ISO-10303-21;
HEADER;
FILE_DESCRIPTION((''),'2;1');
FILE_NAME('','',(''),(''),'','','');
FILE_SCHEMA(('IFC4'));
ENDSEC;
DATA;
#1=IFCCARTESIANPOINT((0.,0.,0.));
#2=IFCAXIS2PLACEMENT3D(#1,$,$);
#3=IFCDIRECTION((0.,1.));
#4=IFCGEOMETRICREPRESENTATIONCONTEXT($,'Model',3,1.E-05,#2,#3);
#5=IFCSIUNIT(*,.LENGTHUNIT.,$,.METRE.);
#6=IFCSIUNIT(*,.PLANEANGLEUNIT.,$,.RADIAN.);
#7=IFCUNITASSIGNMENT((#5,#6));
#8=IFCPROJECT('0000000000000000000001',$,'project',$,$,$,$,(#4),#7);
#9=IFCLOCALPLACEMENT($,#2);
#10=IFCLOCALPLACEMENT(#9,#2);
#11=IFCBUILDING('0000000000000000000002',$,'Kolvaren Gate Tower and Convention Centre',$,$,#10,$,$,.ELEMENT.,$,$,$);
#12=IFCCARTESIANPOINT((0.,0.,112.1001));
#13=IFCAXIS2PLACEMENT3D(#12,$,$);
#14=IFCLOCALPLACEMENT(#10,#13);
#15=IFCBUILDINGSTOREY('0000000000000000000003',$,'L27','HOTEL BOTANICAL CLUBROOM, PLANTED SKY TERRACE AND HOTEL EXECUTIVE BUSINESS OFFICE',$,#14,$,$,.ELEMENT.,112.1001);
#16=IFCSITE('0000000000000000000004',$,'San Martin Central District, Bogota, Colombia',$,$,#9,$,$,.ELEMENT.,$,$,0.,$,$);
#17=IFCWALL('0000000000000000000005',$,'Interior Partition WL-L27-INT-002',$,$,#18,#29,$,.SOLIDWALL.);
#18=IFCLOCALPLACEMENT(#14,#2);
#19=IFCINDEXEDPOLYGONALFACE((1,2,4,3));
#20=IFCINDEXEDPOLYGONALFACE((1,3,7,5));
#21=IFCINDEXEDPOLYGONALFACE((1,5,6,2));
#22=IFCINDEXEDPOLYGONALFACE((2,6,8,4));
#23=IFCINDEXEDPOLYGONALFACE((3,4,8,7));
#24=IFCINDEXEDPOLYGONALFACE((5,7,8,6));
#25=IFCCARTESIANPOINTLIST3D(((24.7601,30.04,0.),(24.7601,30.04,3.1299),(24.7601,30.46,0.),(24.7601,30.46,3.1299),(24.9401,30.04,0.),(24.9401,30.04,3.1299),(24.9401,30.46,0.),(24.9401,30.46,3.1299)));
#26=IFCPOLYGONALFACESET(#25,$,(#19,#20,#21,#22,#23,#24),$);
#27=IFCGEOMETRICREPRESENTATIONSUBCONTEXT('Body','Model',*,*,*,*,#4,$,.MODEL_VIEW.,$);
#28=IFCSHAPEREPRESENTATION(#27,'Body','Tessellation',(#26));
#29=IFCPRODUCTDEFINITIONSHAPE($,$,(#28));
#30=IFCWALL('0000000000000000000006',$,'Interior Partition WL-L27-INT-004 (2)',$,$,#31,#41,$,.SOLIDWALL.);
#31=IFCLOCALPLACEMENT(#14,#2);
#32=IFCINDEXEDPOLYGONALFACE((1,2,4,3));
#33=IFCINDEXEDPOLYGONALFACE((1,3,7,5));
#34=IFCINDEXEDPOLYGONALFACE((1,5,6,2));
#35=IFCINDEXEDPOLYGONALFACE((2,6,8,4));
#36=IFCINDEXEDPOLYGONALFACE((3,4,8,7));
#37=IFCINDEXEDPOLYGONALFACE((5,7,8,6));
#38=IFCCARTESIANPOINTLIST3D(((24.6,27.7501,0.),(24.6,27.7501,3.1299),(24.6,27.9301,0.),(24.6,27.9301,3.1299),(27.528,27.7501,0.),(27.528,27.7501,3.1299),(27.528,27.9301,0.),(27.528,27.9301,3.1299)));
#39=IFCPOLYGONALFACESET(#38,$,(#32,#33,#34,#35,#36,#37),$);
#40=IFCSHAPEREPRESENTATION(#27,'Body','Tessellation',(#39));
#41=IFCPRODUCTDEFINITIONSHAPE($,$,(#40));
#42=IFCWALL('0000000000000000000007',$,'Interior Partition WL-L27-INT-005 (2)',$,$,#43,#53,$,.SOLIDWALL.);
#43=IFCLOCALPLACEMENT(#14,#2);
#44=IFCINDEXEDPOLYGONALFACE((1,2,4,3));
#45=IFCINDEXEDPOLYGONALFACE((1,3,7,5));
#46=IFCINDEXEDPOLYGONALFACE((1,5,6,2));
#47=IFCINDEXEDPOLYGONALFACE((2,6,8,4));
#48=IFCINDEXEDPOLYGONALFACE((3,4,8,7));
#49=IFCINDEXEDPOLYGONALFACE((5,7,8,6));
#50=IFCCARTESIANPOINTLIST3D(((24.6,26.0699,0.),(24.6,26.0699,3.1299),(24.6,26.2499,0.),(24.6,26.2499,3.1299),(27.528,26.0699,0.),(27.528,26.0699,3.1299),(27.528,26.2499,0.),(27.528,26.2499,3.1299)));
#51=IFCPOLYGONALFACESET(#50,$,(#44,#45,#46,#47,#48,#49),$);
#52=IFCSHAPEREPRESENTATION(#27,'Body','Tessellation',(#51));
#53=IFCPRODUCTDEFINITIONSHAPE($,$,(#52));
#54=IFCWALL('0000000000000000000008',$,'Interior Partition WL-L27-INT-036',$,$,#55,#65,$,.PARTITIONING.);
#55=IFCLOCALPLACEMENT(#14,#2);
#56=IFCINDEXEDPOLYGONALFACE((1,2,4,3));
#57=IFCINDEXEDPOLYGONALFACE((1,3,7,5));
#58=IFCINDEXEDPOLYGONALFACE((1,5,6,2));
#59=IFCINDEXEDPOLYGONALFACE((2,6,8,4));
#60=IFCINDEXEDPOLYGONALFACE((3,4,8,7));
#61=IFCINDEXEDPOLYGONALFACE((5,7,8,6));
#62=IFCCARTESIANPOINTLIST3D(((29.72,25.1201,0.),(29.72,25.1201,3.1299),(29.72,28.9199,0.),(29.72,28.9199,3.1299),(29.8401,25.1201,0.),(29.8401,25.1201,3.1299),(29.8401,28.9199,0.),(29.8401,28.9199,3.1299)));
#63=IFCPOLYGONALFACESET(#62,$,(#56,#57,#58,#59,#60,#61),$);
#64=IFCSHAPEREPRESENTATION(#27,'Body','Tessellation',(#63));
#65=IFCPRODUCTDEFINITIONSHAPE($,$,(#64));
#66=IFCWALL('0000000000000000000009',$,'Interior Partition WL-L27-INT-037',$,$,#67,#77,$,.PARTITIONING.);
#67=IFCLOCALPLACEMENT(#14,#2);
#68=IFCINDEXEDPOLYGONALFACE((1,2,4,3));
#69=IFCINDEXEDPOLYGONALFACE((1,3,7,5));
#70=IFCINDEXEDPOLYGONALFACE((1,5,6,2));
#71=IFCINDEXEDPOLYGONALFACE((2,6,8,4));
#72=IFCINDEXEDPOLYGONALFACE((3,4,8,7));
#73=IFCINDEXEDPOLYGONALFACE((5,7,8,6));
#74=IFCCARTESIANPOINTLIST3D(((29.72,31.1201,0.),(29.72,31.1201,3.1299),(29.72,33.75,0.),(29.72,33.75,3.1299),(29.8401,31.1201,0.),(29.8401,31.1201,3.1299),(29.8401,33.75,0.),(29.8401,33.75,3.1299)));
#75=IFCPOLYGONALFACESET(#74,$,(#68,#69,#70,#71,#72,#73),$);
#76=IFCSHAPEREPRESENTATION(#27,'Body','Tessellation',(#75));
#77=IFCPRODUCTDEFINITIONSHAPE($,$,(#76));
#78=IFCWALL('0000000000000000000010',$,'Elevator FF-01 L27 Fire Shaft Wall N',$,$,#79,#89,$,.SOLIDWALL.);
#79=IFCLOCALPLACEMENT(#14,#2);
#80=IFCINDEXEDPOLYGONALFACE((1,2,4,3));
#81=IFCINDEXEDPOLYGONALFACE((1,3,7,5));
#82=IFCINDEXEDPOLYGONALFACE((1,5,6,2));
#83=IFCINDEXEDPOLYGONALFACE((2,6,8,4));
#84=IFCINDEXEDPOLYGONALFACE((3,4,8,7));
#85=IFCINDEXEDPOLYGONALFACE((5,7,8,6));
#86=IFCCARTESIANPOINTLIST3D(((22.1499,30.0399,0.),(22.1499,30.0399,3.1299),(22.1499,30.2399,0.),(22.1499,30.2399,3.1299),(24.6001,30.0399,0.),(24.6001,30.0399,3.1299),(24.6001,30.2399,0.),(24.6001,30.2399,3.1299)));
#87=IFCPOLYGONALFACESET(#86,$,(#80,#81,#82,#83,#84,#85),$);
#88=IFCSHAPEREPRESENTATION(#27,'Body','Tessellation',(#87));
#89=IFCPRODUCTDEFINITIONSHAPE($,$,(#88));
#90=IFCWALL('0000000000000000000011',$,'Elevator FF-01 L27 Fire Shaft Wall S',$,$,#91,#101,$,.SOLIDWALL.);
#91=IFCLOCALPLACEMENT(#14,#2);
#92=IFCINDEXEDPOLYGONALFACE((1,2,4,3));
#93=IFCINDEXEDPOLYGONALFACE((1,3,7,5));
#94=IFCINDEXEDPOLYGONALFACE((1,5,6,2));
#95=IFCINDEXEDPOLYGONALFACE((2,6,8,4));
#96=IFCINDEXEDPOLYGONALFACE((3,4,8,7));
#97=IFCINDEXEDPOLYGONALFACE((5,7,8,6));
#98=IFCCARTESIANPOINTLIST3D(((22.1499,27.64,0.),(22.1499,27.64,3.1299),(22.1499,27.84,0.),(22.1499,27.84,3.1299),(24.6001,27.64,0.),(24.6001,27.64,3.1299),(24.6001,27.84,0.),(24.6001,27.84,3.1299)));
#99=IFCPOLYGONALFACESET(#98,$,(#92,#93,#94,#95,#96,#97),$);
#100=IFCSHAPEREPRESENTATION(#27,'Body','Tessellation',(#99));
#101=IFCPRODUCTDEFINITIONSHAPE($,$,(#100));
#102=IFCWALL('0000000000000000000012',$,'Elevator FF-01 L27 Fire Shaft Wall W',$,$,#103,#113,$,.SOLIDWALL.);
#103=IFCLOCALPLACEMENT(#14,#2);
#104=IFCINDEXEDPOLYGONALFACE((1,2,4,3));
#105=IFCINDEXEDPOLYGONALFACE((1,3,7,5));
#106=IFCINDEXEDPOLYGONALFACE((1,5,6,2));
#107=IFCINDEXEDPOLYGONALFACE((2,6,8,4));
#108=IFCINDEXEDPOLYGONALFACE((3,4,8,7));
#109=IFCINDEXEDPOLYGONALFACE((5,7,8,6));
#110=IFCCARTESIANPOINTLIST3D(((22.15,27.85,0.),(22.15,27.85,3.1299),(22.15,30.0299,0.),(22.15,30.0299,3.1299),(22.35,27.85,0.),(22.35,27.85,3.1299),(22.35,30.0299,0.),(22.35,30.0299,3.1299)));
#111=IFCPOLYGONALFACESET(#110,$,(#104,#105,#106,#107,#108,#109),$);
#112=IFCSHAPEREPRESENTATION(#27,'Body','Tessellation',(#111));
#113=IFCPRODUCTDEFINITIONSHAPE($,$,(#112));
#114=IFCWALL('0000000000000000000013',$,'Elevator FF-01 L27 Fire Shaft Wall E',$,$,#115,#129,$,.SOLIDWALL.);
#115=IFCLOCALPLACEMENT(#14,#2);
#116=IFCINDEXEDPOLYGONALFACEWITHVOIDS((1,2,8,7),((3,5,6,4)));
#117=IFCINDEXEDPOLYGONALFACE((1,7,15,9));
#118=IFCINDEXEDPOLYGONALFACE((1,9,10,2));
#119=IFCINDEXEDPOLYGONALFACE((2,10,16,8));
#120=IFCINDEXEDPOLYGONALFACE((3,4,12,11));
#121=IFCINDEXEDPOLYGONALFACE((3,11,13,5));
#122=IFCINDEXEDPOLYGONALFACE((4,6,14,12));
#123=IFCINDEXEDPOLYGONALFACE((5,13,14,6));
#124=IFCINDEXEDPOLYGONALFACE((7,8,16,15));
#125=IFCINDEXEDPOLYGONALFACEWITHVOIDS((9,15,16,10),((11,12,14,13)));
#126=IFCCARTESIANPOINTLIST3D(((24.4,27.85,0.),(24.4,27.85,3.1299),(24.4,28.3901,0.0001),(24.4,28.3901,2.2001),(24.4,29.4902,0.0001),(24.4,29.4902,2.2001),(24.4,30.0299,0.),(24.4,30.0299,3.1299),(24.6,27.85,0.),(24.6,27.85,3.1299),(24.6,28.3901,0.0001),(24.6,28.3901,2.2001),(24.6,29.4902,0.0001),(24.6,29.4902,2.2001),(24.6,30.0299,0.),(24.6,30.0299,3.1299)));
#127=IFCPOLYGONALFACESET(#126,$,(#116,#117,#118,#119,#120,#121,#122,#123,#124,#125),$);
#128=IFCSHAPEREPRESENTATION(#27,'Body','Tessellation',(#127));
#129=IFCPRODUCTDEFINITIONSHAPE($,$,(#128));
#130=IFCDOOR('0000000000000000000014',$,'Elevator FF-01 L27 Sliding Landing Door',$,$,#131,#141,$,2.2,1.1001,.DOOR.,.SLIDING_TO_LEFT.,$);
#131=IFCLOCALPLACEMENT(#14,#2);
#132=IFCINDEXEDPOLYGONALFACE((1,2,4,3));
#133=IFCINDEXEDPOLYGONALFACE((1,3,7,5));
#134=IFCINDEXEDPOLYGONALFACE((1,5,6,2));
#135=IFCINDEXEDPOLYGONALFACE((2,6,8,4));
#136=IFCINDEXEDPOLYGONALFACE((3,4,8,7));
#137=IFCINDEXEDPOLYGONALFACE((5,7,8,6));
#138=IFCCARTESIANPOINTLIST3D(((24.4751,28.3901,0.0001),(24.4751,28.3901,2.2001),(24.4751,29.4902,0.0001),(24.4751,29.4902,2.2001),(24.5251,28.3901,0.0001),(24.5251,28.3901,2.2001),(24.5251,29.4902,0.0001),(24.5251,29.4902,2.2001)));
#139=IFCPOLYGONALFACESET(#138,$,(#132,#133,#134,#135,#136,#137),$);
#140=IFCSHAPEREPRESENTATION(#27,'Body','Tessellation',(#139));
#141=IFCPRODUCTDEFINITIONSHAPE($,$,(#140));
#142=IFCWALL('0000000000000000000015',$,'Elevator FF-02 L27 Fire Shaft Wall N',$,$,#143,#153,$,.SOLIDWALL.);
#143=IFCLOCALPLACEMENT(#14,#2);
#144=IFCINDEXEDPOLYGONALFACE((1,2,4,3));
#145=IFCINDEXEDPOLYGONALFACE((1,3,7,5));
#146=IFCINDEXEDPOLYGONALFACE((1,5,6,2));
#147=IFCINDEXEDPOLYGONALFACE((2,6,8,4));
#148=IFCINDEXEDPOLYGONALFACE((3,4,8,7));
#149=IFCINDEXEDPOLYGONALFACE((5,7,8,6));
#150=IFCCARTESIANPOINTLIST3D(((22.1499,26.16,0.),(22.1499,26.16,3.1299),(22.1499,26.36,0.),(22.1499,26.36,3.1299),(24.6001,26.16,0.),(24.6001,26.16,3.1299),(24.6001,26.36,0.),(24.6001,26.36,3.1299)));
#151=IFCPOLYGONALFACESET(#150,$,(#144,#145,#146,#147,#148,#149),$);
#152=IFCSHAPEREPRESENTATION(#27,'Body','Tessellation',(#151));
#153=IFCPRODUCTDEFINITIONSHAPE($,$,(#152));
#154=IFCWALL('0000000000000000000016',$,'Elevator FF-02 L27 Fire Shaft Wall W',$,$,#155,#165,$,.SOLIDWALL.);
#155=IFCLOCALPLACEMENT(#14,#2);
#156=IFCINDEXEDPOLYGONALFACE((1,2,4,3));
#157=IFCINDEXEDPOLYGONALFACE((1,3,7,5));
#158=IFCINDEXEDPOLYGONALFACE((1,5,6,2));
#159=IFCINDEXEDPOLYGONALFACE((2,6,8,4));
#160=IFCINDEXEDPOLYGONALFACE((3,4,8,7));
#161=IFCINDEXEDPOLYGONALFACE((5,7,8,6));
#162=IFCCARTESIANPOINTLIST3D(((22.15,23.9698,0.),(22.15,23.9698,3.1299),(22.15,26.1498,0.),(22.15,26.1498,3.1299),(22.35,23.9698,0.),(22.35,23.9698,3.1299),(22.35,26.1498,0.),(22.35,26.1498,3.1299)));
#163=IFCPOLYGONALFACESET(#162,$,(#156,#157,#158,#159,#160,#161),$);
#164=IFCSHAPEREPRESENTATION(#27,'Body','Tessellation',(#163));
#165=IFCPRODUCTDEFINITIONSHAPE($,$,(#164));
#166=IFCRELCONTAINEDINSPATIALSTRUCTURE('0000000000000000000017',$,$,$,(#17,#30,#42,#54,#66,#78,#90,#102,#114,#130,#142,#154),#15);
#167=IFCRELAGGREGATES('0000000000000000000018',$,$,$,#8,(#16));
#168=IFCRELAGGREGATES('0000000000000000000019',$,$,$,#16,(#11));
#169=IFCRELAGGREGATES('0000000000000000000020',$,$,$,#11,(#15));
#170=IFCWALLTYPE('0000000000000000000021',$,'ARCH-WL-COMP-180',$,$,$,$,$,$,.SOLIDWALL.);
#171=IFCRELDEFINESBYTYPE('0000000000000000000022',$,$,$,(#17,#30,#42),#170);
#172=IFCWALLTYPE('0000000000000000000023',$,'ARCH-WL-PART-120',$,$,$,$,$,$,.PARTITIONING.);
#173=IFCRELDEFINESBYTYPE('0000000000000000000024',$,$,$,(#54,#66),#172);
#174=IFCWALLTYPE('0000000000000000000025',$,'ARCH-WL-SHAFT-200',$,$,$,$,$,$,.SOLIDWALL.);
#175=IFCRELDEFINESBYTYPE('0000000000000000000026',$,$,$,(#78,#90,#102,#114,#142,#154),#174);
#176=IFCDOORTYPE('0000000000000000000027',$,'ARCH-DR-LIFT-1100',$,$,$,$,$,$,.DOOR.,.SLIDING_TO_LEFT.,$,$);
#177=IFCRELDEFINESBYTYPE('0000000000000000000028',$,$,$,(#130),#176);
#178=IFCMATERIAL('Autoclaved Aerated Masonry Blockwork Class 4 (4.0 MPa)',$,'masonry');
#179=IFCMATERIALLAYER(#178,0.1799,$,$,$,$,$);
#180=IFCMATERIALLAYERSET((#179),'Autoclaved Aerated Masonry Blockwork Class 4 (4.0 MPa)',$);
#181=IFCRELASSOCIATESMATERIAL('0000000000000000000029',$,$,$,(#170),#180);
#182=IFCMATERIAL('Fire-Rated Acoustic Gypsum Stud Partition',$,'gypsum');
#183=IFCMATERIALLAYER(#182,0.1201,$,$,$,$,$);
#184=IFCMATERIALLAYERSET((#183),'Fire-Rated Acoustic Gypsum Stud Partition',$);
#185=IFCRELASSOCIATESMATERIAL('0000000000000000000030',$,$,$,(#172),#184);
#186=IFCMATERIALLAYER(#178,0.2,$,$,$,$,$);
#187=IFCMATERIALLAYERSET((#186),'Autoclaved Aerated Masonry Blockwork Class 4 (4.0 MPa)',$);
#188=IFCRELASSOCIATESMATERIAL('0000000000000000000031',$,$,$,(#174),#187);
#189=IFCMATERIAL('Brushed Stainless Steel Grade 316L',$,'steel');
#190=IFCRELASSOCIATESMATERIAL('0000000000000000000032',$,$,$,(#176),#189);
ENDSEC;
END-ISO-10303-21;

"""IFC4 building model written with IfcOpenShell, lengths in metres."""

from ifc_helpers import new_model, si_unit, direction, frame, frame_2d, origin, place, context, subcontext, project, spatial, rectangle, extrude, material, layer, layer_set, type_object, element, fill, save


model = new_model("IFC4")

# Units and contexts
model_context = context("Model", 3, precision=1e-05, world=origin(), true_north=direction((0.0, 1.0)))
body_context = subcontext(model_context, "Body", "Model", "MODEL_VIEW")
ifc_project = project(units=[si_unit("LENGTHUNIT", "METRE"), si_unit("PLANEANGLEUNIT", "RADIAN")], contexts=[model_context])

# Site, building, storey
site_placement = place(None, origin())
site = spatial("IfcSite", under=ifc_project, at=site_placement, Name="San Martin Central District, Bogota, Colombia", CompositionType="ELEMENT", RefElevation=0.0)
building_placement = place(site_placement, origin())
building = spatial("IfcBuilding", under=site, at=building_placement, Name="Kolvaren Gate Tower and Convention Centre", CompositionType="ELEMENT")
storey_placement = place(building_placement, frame((0.0, 0.0, 112.1001)))
storey = spatial("IfcBuildingStorey", under=building, at=storey_placement, Name="L27", Description="HOTEL BOTANICAL CLUBROOM, PLANTED SKY TERRACE AND HOTEL EXECUTIVE BUSINESS OFFICE", CompositionType="ELEMENT", Elevation=112.1001)

# Walls
ifc_material_1 = material(Name="Autoclaved Aerated Masonry Blockwork Class 4 (4.0 MPa)", Category="masonry")
ifc_layer_1 = layer(ifc_material_1, 0.1799)
ifc_layer_set_1 = layer_set([ifc_layer_1], Name="Autoclaved Aerated Masonry Blockwork Class 4 (4.0 MPa)")
wall_type_1 = type_object("IfcWallType", Name="ARCH-WL-COMP-180", PredefinedType="SOLIDWALL", material=ifc_layer_set_1)
wall_1_placement = place(storey_placement, frame((24.8501, 30.04, 0.0), z_axis=(0.0, 0.0, 1.0), x_axis=(0.0, 1.0, 0.0)))
element("IfcWall", 1, at=wall_1_placement, inside=storey, type_object=wall_type_1, Name="Interior Partition WL-L27-INT-002", PredefinedType="SOLIDWALL", context=body_context, shape_type="SweptSolid", body=[
    extrude(rectangle(XDim=0.4199, YDim=0.1799, at=frame_2d((0.21, 0.0))), origin(), (0.0, 0.0, 1.0), 3.1299),
])
for number, where, z_axis, x_axis, name in (
    (2, (24.6001, 27.8401, 0.0), (0.0, 0.0, 1.0), (1.0, 0.0, 0.0), "Interior Partition WL-L27-INT-004 (2)"),
    (3, (24.6001, 26.1599, 0.0), (0.0, 0.0, 1.0), (1.0, 0.0, 0.0), "Interior Partition WL-L27-INT-005 (2)"),
):
    element("IfcWall", number, at=place(storey_placement, frame(where, z_axis=z_axis, x_axis=x_axis)), inside=storey, type_object=wall_type_1, Name=name, PredefinedType="SOLIDWALL", context=body_context, shape_type="SweptSolid", body=[
        extrude(rectangle(XDim=2.928, YDim=0.1799, at=frame_2d((1.4639, 0.0))), origin(), (0.0, 0.0, 1.0), 3.1299),
    ])
ifc_material_2 = material(Name="Fire-Rated Acoustic Gypsum Stud Partition", Category="gypsum")
ifc_layer_2 = layer(ifc_material_2, 0.1201)
ifc_layer_set_2 = layer_set([ifc_layer_2], Name="Fire-Rated Acoustic Gypsum Stud Partition")
wall_type_2 = type_object("IfcWallType", Name="ARCH-WL-PART-120", PredefinedType="PARTITIONING", material=ifc_layer_set_2)
wall_2_placement = place(storey_placement, frame((29.78, 25.1201, 0.0), z_axis=(0.0, 0.0, 1.0), x_axis=(0.0, 1.0, 0.0)))
element("IfcWall", 4, at=wall_2_placement, inside=storey, type_object=wall_type_2, Name="Interior Partition WL-L27-INT-036", PredefinedType="PARTITIONING", context=body_context, shape_type="SweptSolid", body=[
    extrude(rectangle(XDim=3.7998, YDim=0.1201, at=frame_2d((1.8999, 0.0))), origin(), (0.0, 0.0, 1.0), 3.1299),
])
wall_3_placement = place(storey_placement, frame((29.78, 31.1201, 0.0), z_axis=(0.0, 0.0, 1.0), x_axis=(0.0, 1.0, 0.0)))
element("IfcWall", 5, at=wall_3_placement, inside=storey, type_object=wall_type_2, Name="Interior Partition WL-L27-INT-037", PredefinedType="PARTITIONING", context=body_context, shape_type="SweptSolid", body=[
    extrude(rectangle(XDim=2.6299, YDim=0.1201, at=frame_2d((1.3149, 0.0))), origin(), (0.0, 0.0, 1.0), 3.1299),
])
ifc_layer_3 = layer(ifc_material_1, 0.2)
ifc_layer_set_3 = layer_set([ifc_layer_3], Name="Autoclaved Aerated Masonry Blockwork Class 4 (4.0 MPa)")
wall_type_3 = type_object("IfcWallType", Name="ARCH-WL-SHAFT-200", PredefinedType="SOLIDWALL", material=ifc_layer_set_3)
for number, where, z_axis, x_axis, name in (
    (6, (22.1499, 30.1399, 0.0), (0.0, 0.0, 1.0), (1.0, 0.0, 0.0), "Elevator FF-01 L27 Fire Shaft Wall N"),
    (7, (22.1499, 27.74, 0.0), (0.0, 0.0, 1.0), (1.0, 0.0, 0.0), "Elevator FF-01 L27 Fire Shaft Wall S"),
):
    element("IfcWall", number, at=place(storey_placement, frame(where, z_axis=z_axis, x_axis=x_axis)), inside=storey, type_object=wall_type_3, Name=name, PredefinedType="SOLIDWALL", context=body_context, shape_type="SweptSolid", body=[
        extrude(rectangle(XDim=2.4502, YDim=0.2, at=frame_2d((1.2251, 0.0))), origin(), (0.0, 0.0, 1.0), 3.1299),
    ])
wall_4_placement = place(storey_placement, frame((22.25, 27.8501, 0.0), z_axis=(0.0, 0.0, 1.0), x_axis=(0.0, 1.0, 0.0)))
element("IfcWall", 8, at=wall_4_placement, inside=storey, type_object=wall_type_3, Name="Elevator FF-01 L27 Fire Shaft Wall W", PredefinedType="SOLIDWALL", context=body_context, shape_type="SweptSolid", body=[
    extrude(rectangle(XDim=2.1799, YDim=0.2, at=frame_2d((1.0898, 0.0))), origin(), (0.0, 0.0, 1.0), 3.1299),
])

# Wall, opening, door
wall_5_placement = place(storey_placement, frame((24.5, 27.8501, 0.0), z_axis=(0.0, 0.0, 1.0), x_axis=(0.0, 1.0, 0.0)))
wall_5 = element("IfcWall", 9, at=wall_5_placement, inside=storey, type_object=wall_type_3, Name="Elevator FF-01 L27 Fire Shaft Wall E", PredefinedType="SOLIDWALL", context=body_context, shape_type="SweptSolid", body=[
    extrude(rectangle(XDim=2.1799, YDim=0.2, at=frame_2d((1.0898, 0.0))), origin(), (0.0, 0.0, 1.0), 3.1299),
])
opening_1_placement = place(wall_5_placement, frame((0.54, 0.0, 0.0)))
opening_1 = element("IfcOpeningElement", 10, at=opening_1_placement, cuts=wall_5, PredefinedType="OPENING", context=body_context, shape_type="SweptSolid", body=[
    extrude(rectangle(XDim=1.1001, YDim=2.2, at=frame_2d((0.55, 1.1001))), frame((0.0, 0.1099, 0.0), z_axis=(0.0, -1.0, 0.0), x_axis=(1.0, 0.0, 0.0)), (0.0, 0.0, 1.0), 0.22),
])
ifc_material_3 = material(Name="Brushed Stainless Steel Grade 316L", Category="steel")
door_type_1 = type_object("IfcDoorType", Name="ARCH-DR-LIFT-1100", OperationType="SLIDING_TO_LEFT", PredefinedType="DOOR", material=ifc_material_3)
door_1_placement = place(opening_1_placement, origin())
door_1 = element("IfcDoor", 11, at=door_1_placement, inside=storey, type_object=door_type_1, Name="Elevator FF-01 L27 Sliding Landing Door", OperationType="SLIDING_TO_LEFT", OverallHeight=2.2, OverallWidth=1.1001, PredefinedType="DOOR", context=body_context, shape_type="SweptSolid", body=[
    extrude(rectangle(XDim=1.1001, YDim=2.2, at=frame_2d((0.55, 1.1001))), frame((0.0, 0.0249, 0.0), z_axis=(0.0, -1.0, 0.0), x_axis=(1.0, 0.0, 0.0)), (0.0, 0.0, 1.0), 0.05),
])
fill(opening_1, door_1)

# Walls
wall_6_placement = place(storey_placement, frame((22.1499, 26.26, 0.0), z_axis=(0.0, 0.0, 1.0), x_axis=(1.0, 0.0, 0.0)))
element("IfcWall", 12, at=wall_6_placement, inside=storey, type_object=wall_type_3, Name="Elevator FF-02 L27 Fire Shaft Wall N", PredefinedType="SOLIDWALL", context=body_context, shape_type="SweptSolid", body=[
    extrude(rectangle(XDim=2.4502, YDim=0.2, at=frame_2d((1.2251, 0.0))), origin(), (0.0, 0.0, 1.0), 3.1299),
])
wall_7_placement = place(storey_placement, frame((22.25, 23.97, 0.0), z_axis=(0.0, 0.0, 1.0), x_axis=(0.0, 1.0, 0.0)))
element("IfcWall", 13, at=wall_7_placement, inside=storey, type_object=wall_type_3, Name="Elevator FF-02 L27 Fire Shaft Wall W", PredefinedType="SOLIDWALL", context=body_context, shape_type="SweptSolid", body=[
    extrude(rectangle(XDim=2.1799, YDim=0.2, at=frame_2d((1.0898, 0.0))), origin(), (0.0, 0.0, 1.0), 3.1299),
])

save(model, "model.ifc")
